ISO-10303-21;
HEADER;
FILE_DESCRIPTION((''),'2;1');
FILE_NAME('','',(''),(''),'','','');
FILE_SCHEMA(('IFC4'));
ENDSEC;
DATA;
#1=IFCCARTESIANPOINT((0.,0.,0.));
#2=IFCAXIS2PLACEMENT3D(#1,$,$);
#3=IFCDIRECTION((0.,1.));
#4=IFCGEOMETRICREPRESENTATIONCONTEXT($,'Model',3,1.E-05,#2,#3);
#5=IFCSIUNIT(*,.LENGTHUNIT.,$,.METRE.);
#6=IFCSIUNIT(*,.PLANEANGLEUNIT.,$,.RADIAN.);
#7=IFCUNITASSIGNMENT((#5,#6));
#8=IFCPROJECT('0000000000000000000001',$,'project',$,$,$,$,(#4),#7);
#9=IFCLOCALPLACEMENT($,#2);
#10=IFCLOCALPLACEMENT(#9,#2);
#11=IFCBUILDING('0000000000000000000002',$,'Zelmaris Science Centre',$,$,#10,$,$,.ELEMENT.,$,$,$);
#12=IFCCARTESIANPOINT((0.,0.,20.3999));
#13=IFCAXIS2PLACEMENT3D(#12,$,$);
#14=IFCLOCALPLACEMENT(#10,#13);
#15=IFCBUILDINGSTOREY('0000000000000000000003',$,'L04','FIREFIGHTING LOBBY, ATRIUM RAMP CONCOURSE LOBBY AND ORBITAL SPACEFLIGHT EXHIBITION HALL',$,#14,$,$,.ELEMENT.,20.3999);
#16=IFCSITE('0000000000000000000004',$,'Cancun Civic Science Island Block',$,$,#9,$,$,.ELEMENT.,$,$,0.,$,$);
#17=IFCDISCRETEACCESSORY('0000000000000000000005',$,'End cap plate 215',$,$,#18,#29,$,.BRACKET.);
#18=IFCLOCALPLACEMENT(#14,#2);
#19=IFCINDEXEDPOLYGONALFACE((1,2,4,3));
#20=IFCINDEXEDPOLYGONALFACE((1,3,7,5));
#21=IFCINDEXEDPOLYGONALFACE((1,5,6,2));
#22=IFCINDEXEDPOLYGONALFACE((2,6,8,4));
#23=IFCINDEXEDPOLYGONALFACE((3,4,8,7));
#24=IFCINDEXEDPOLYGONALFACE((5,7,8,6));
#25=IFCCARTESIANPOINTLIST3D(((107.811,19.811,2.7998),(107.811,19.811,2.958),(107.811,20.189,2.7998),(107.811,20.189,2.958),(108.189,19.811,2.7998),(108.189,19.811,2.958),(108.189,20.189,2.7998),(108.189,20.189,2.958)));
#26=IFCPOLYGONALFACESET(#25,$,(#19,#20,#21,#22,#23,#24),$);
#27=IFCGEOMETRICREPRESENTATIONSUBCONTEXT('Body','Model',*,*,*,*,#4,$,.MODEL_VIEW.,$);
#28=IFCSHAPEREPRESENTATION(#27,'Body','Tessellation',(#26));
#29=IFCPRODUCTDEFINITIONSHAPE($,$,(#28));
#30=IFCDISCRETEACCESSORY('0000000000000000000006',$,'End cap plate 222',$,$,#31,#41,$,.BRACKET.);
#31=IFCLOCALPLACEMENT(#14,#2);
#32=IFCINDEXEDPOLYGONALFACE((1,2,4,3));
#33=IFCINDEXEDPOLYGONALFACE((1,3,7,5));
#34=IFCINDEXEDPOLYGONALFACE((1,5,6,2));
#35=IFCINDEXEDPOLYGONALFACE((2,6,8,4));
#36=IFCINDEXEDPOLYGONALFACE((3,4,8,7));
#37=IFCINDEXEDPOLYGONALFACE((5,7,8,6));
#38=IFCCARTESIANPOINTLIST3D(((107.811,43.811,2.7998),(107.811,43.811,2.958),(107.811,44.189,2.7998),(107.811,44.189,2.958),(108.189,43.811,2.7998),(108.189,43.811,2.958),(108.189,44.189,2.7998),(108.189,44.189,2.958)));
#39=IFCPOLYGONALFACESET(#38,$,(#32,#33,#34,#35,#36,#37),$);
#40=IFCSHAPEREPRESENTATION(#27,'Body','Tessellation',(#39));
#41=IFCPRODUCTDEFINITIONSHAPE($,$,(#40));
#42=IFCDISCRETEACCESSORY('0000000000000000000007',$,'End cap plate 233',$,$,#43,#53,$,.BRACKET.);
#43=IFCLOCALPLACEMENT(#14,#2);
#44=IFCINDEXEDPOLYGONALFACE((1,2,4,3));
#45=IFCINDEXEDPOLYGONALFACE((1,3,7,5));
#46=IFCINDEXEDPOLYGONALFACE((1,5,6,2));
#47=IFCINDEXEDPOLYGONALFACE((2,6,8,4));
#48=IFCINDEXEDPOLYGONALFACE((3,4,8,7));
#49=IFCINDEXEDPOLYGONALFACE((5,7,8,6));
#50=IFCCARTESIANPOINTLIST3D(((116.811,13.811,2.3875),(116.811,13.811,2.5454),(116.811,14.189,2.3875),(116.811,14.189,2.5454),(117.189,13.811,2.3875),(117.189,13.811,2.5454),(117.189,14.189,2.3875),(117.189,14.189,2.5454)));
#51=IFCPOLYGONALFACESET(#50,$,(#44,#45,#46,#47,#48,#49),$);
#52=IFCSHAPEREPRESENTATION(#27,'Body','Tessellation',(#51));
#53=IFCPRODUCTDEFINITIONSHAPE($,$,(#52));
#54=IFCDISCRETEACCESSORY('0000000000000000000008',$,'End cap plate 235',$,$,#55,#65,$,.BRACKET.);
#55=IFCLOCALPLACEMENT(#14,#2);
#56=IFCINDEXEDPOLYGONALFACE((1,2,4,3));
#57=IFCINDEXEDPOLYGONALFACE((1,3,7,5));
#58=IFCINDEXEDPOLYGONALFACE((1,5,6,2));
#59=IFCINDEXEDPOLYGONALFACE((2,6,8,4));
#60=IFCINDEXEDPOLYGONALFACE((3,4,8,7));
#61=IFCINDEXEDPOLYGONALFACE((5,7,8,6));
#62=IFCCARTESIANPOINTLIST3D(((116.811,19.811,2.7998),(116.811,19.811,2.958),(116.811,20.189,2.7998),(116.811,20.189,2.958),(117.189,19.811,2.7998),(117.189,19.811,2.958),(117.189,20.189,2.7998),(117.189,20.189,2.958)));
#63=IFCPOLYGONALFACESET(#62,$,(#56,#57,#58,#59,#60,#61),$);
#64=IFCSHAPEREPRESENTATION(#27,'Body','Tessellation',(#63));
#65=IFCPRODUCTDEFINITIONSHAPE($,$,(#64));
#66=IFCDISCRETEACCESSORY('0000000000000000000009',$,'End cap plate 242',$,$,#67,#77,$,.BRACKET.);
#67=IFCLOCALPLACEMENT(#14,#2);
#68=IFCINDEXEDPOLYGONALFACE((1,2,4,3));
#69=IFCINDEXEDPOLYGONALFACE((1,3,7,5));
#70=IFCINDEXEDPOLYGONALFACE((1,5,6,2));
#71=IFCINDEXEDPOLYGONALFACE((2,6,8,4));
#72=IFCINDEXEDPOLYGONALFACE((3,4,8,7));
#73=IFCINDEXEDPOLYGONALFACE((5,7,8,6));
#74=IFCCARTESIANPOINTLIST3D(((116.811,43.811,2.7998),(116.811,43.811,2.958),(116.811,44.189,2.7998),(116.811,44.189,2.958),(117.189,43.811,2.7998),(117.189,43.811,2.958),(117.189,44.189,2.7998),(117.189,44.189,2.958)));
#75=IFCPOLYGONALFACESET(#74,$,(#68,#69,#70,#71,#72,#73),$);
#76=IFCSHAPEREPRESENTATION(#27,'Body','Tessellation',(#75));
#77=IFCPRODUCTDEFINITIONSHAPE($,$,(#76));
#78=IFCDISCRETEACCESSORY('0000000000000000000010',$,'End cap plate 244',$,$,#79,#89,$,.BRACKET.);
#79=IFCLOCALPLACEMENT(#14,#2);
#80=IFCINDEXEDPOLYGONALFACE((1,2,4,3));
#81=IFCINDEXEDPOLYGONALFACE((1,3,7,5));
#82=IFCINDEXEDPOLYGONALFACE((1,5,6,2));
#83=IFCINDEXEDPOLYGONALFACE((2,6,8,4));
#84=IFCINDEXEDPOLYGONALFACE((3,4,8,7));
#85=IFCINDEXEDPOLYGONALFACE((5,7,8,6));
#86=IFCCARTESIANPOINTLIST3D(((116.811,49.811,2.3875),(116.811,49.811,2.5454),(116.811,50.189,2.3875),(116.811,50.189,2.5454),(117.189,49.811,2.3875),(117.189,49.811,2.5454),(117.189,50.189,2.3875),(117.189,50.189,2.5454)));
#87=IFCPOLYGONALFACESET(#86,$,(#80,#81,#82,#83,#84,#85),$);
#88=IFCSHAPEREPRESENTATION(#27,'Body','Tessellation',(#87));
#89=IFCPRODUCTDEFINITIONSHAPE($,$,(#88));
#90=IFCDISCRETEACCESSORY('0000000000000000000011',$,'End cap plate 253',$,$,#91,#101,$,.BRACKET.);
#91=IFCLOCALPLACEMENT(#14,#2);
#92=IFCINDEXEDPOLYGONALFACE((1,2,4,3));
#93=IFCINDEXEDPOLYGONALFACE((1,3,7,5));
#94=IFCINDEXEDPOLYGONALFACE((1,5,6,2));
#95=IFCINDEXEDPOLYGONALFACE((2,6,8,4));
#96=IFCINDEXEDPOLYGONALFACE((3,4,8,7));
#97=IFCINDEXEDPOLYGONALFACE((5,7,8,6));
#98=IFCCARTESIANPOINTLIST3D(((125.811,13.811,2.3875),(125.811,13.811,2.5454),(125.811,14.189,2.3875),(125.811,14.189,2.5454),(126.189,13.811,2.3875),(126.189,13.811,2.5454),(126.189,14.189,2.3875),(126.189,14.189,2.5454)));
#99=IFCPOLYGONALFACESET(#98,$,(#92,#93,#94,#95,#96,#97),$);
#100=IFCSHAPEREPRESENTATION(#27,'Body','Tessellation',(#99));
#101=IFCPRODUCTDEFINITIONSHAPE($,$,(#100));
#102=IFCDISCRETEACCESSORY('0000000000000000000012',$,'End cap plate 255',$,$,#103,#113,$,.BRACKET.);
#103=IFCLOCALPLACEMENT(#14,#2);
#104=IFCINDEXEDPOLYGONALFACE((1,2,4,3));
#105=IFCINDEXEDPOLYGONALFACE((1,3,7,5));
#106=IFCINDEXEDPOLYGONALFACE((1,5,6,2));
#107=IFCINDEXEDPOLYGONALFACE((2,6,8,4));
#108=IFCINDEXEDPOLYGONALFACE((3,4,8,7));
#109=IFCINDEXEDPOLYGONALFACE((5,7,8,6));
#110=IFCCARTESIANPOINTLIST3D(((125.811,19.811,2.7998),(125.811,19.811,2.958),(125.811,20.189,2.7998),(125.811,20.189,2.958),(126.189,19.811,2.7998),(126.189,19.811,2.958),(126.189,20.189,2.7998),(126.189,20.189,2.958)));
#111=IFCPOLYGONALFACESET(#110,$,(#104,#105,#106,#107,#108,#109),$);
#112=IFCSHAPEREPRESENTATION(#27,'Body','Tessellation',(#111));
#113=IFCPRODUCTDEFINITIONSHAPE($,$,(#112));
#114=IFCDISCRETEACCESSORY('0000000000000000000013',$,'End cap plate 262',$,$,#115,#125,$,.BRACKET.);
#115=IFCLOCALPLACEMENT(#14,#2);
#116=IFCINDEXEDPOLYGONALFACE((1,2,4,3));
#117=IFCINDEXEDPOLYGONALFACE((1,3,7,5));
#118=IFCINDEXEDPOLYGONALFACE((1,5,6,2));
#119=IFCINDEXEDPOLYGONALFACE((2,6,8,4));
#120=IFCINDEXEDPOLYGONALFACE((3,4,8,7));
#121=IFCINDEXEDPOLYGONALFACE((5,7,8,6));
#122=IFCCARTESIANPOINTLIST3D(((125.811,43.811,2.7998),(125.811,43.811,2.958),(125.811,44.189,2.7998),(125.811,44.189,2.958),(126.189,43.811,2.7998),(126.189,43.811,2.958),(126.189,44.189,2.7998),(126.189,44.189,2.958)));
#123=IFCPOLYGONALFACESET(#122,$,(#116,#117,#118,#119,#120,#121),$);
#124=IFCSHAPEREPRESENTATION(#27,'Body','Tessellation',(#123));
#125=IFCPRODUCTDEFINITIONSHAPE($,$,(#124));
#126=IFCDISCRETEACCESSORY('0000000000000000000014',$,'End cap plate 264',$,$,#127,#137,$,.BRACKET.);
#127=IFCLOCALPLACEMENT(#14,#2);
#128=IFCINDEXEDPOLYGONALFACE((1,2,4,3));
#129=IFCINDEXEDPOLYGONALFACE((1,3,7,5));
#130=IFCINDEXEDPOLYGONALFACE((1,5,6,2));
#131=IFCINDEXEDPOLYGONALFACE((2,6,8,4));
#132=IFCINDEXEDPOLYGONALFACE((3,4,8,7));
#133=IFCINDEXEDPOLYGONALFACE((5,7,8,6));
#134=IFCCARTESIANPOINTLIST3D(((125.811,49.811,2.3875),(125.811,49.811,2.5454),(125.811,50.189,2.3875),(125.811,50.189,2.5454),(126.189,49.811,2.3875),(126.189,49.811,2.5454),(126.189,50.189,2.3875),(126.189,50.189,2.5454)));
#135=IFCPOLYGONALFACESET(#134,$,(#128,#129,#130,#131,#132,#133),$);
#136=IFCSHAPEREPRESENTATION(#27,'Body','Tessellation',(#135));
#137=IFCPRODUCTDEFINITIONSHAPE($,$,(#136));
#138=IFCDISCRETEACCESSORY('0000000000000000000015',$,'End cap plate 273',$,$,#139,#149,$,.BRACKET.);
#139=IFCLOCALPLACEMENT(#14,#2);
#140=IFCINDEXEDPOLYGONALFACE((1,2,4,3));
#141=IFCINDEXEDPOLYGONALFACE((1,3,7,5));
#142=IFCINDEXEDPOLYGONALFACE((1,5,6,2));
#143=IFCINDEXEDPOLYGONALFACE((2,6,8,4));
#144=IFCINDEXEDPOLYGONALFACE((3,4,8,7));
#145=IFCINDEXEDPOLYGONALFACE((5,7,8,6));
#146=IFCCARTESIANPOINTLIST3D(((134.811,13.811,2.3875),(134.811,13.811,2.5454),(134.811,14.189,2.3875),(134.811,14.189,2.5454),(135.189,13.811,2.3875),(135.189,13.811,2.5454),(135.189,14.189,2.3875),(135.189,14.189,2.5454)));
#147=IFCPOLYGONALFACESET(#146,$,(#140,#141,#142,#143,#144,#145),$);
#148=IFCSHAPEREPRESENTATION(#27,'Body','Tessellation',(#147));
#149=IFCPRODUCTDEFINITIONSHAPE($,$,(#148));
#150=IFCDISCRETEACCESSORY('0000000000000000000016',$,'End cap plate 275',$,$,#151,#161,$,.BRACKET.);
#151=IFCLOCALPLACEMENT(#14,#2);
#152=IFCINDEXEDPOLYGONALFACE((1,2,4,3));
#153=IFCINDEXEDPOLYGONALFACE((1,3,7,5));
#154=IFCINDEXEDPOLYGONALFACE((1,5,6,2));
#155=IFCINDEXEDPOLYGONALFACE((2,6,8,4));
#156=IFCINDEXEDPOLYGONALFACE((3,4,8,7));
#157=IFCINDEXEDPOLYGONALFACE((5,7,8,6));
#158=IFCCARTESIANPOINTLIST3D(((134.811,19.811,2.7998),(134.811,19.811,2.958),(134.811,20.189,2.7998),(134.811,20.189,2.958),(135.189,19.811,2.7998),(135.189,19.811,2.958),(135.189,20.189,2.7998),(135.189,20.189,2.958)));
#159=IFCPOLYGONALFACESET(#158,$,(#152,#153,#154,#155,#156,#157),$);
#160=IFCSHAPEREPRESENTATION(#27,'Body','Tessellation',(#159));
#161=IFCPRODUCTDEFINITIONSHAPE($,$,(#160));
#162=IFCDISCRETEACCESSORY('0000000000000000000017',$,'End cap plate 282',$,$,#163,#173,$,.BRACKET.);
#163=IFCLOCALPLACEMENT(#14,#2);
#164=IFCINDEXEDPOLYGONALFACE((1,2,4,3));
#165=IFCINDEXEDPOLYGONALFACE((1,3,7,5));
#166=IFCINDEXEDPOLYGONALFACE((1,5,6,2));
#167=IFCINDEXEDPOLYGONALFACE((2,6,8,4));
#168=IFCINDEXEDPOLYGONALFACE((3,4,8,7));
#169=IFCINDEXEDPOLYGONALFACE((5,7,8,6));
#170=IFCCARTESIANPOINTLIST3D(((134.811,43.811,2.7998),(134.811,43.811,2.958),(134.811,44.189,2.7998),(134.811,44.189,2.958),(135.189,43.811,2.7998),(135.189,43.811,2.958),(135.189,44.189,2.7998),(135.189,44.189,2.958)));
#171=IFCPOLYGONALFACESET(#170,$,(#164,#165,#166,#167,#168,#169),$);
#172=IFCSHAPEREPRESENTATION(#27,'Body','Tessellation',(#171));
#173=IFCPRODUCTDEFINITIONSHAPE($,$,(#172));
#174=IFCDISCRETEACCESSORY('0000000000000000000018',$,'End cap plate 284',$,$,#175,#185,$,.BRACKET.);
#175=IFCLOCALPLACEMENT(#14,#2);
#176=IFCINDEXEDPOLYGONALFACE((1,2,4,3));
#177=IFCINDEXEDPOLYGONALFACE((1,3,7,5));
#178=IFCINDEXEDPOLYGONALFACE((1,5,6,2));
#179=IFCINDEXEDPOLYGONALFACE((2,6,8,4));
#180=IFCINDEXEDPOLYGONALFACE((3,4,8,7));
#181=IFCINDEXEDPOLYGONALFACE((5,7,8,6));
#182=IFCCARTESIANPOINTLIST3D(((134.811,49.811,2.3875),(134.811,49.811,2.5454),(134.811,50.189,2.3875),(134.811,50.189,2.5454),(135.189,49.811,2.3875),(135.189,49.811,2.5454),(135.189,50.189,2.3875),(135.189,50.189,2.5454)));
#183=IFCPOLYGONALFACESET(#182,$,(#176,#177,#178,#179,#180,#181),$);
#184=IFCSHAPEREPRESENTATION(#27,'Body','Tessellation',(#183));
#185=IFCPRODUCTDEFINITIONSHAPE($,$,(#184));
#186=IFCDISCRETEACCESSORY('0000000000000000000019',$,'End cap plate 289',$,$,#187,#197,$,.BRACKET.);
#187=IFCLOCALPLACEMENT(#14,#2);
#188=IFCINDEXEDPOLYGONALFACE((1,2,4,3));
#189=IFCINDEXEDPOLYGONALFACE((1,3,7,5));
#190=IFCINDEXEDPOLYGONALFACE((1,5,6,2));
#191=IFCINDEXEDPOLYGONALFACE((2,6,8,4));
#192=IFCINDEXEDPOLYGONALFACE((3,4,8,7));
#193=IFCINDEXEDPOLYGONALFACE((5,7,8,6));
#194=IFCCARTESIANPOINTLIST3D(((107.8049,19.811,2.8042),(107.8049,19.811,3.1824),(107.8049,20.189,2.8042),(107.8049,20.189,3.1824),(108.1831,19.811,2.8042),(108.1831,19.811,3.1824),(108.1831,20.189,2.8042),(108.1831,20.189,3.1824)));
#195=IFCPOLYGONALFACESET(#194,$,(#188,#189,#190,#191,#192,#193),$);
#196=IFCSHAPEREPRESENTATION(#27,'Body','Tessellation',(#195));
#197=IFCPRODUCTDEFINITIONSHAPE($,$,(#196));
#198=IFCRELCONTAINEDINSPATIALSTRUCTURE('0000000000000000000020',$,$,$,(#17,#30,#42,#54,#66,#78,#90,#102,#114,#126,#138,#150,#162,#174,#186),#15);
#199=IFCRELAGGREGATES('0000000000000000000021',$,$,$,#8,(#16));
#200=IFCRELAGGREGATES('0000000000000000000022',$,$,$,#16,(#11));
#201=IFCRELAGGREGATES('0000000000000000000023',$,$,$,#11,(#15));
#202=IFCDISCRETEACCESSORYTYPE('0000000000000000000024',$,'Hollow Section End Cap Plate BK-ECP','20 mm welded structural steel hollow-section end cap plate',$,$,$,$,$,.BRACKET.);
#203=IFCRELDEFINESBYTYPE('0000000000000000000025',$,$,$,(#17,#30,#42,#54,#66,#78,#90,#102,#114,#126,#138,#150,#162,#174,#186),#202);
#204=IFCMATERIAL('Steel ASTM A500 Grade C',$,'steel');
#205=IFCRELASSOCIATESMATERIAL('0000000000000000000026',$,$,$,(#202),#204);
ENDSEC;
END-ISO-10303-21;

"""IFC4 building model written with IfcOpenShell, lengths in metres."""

from ifc_helpers import new_model, si_unit, direction, frame, origin, place, context, subcontext, project, spatial, polyline, outline, extrude, material, type_object, element, save


model = new_model("IFC4")

# Units and contexts
model_context = context("Model", 3, precision=1e-05, world=origin(), true_north=direction((0.0, 1.0)))
body_context = subcontext(model_context, "Body", "Model", "MODEL_VIEW")
ifc_project = project(units=[si_unit("LENGTHUNIT", "METRE"), si_unit("PLANEANGLEUNIT", "RADIAN")], contexts=[model_context])

# Site, building, storey
site_placement = place(None, origin())
site = spatial("IfcSite", under=ifc_project, at=site_placement, Name="Cancun Civic Science Island Block", CompositionType="ELEMENT", RefElevation=0.0)
building_placement = place(site_placement, origin())
building = spatial("IfcBuilding", under=site, at=building_placement, Name="Zelmaris Science Centre", CompositionType="ELEMENT")
storey_placement = place(building_placement, frame((0.0, 0.0, 20.3999)))
storey = spatial("IfcBuildingStorey", under=building, at=storey_placement, Name="L04", Description="FIREFIGHTING LOBBY, ATRIUM RAMP CONCOURSE LOBBY AND ORBITAL SPACEFLIGHT EXHIBITION HALL", CompositionType="ELEMENT", Elevation=20.3999)

# Discrete accessories
ifc_material = material(Name="Steel ASTM A500 Grade C", Category="steel")
discrete_accessory_type = type_object("IfcDiscreteAccessoryType", Name="Hollow Section End Cap Plate BK-ECP", Description="20 mm welded structural steel hollow-section end cap plate", PredefinedType="BRACKET", material=ifc_material)
discrete_accessory_1_placement = place(storey_placement, frame((0.0, 0.0, 2.7998)))
element("IfcDiscreteAccessory", 1, at=discrete_accessory_1_placement, inside=storey, type_object=discrete_accessory_type, Name="End cap plate 215", PredefinedType="BRACKET", context=body_context, shape_type="SweptSolid", body=[
    extrude(outline(polyline([(107.811, 19.811), (108.189, 19.811), (108.189, 20.189), (107.811, 20.189), (107.811, 19.811)])), origin(), (0.0, 0.0, 1.0), 0.1582),
])
discrete_accessory_2_placement = place(storey_placement, frame((0.0, 0.0, 2.7998)))
element("IfcDiscreteAccessory", 2, at=discrete_accessory_2_placement, inside=storey, type_object=discrete_accessory_type, Name="End cap plate 222", PredefinedType="BRACKET", context=body_context, shape_type="SweptSolid", body=[
    extrude(outline(polyline([(107.811, 43.811), (108.189, 43.811), (108.189, 44.189), (107.811, 44.189), (107.811, 43.811)])), origin(), (0.0, 0.0, 1.0), 0.1582),
])
discrete_accessory_3_placement = place(storey_placement, frame((0.0, 0.0, 2.3875)))
element("IfcDiscreteAccessory", 3, at=discrete_accessory_3_placement, inside=storey, type_object=discrete_accessory_type, Name="End cap plate 233", PredefinedType="BRACKET", context=body_context, shape_type="SweptSolid", body=[
    extrude(outline(polyline([(116.811, 13.811), (117.189, 13.811), (117.189, 14.189), (116.811, 14.189), (116.811, 13.811)])), origin(), (0.0, 0.0, 1.0), 0.158),
])
discrete_accessory_4_placement = place(storey_placement, frame((0.0, 0.0, 2.7998)))
element("IfcDiscreteAccessory", 4, at=discrete_accessory_4_placement, inside=storey, type_object=discrete_accessory_type, Name="End cap plate 235", PredefinedType="BRACKET", context=body_context, shape_type="SweptSolid", body=[
    extrude(outline(polyline([(116.811, 19.811), (117.189, 19.811), (117.189, 20.189), (116.811, 20.189), (116.811, 19.811)])), origin(), (0.0, 0.0, 1.0), 0.1582),
])
discrete_accessory_5_placement = place(storey_placement, frame((0.0, 0.0, 2.7998)))
element("IfcDiscreteAccessory", 5, at=discrete_accessory_5_placement, inside=storey, type_object=discrete_accessory_type, Name="End cap plate 242", PredefinedType="BRACKET", context=body_context, shape_type="SweptSolid", body=[
    extrude(outline(polyline([(116.811, 43.811), (117.189, 43.811), (117.189, 44.189), (116.811, 44.189), (116.811, 43.811)])), origin(), (0.0, 0.0, 1.0), 0.1582),
])
discrete_accessory_6_placement = place(storey_placement, frame((0.0, 0.0, 2.3875)))
element("IfcDiscreteAccessory", 6, at=discrete_accessory_6_placement, inside=storey, type_object=discrete_accessory_type, Name="End cap plate 244", PredefinedType="BRACKET", context=body_context, shape_type="SweptSolid", body=[
    extrude(outline(polyline([(116.811, 49.811), (117.189, 49.811), (117.189, 50.189), (116.811, 50.189), (116.811, 49.811)])), origin(), (0.0, 0.0, 1.0), 0.158),
])
discrete_accessory_7_placement = place(storey_placement, frame((0.0, 0.0, 2.3875)))
element("IfcDiscreteAccessory", 7, at=discrete_accessory_7_placement, inside=storey, type_object=discrete_accessory_type, Name="End cap plate 253", PredefinedType="BRACKET", context=body_context, shape_type="SweptSolid", body=[
    extrude(outline(polyline([(125.811, 13.811), (126.189, 13.811), (126.189, 14.189), (125.811, 14.189), (125.811, 13.811)])), origin(), (0.0, 0.0, 1.0), 0.158),
])
discrete_accessory_8_placement = place(storey_placement, frame((0.0, 0.0, 2.7998)))
element("IfcDiscreteAccessory", 8, at=discrete_accessory_8_placement, inside=storey, type_object=discrete_accessory_type, Name="End cap plate 255", PredefinedType="BRACKET", context=body_context, shape_type="SweptSolid", body=[
    extrude(outline(polyline([(125.811, 19.811), (126.189, 19.811), (126.189, 20.189), (125.811, 20.189), (125.811, 19.811)])), origin(), (0.0, 0.0, 1.0), 0.1582),
])
discrete_accessory_9_placement = place(storey_placement, frame((0.0, 0.0, 2.7998)))
element("IfcDiscreteAccessory", 9, at=discrete_accessory_9_placement, inside=storey, type_object=discrete_accessory_type, Name="End cap plate 262", PredefinedType="BRACKET", context=body_context, shape_type="SweptSolid", body=[
    extrude(outline(polyline([(125.811, 43.811), (126.189, 43.811), (126.189, 44.189), (125.811, 44.189), (125.811, 43.811)])), origin(), (0.0, 0.0, 1.0), 0.1582),
])
discrete_accessory_10_placement = place(storey_placement, frame((0.0, 0.0, 2.3875)))
element("IfcDiscreteAccessory", 10, at=discrete_accessory_10_placement, inside=storey, type_object=discrete_accessory_type, Name="End cap plate 264", PredefinedType="BRACKET", context=body_context, shape_type="SweptSolid", body=[
    extrude(outline(polyline([(125.811, 49.811), (126.189, 49.811), (126.189, 50.189), (125.811, 50.189), (125.811, 49.811)])), origin(), (0.0, 0.0, 1.0), 0.158),
])
discrete_accessory_11_placement = place(storey_placement, frame((0.0, 0.0, 2.3875)))
element("IfcDiscreteAccessory", 11, at=discrete_accessory_11_placement, inside=storey, type_object=discrete_accessory_type, Name="End cap plate 273", PredefinedType="BRACKET", context=body_context, shape_type="SweptSolid", body=[
    extrude(outline(polyline([(134.811, 13.811), (135.189, 13.811), (135.189, 14.189), (134.811, 14.189), (134.811, 13.811)])), origin(), (0.0, 0.0, 1.0), 0.158),
])
discrete_accessory_12_placement = place(storey_placement, frame((0.0, 0.0, 2.7998)))
element("IfcDiscreteAccessory", 12, at=discrete_accessory_12_placement, inside=storey, type_object=discrete_accessory_type, Name="End cap plate 275", PredefinedType="BRACKET", context=body_context, shape_type="SweptSolid", body=[
    extrude(outline(polyline([(134.811, 19.811), (135.189, 19.811), (135.189, 20.189), (134.811, 20.189), (134.811, 19.811)])), origin(), (0.0, 0.0, 1.0), 0.1582),
])
discrete_accessory_13_placement = place(storey_placement, frame((0.0, 0.0, 2.7998)))
element("IfcDiscreteAccessory", 13, at=discrete_accessory_13_placement, inside=storey, type_object=discrete_accessory_type, Name="End cap plate 282", PredefinedType="BRACKET", context=body_context, shape_type="SweptSolid", body=[
    extrude(outline(polyline([(134.811, 43.811), (135.189, 43.811), (135.189, 44.189), (134.811, 44.189), (134.811, 43.811)])), origin(), (0.0, 0.0, 1.0), 0.1582),
])
discrete_accessory_14_placement = place(storey_placement, frame((0.0, 0.0, 2.3875)))
element("IfcDiscreteAccessory", 14, at=discrete_accessory_14_placement, inside=storey, type_object=discrete_accessory_type, Name="End cap plate 284", PredefinedType="BRACKET", context=body_context, shape_type="SweptSolid", body=[
    extrude(outline(polyline([(134.811, 49.811), (135.189, 49.811), (135.189, 50.189), (134.811, 50.189), (134.811, 49.811)])), origin(), (0.0, 0.0, 1.0), 0.158),
])
discrete_accessory_15_placement = place(storey_placement, frame((0.0, 0.0, 2.8042)))
element("IfcDiscreteAccessory", 15, at=discrete_accessory_15_placement, inside=storey, type_object=discrete_accessory_type, Name="End cap plate 289", PredefinedType="BRACKET", context=body_context, shape_type="SweptSolid", body=[
    extrude(outline(polyline([(107.8049, 19.811), (108.1831, 19.811), (108.1831, 20.189), (107.8049, 20.189), (107.8049, 19.811)])), origin(), (0.0, 0.0, 1.0), 0.3782),
])

save(model, "model.ifc")
